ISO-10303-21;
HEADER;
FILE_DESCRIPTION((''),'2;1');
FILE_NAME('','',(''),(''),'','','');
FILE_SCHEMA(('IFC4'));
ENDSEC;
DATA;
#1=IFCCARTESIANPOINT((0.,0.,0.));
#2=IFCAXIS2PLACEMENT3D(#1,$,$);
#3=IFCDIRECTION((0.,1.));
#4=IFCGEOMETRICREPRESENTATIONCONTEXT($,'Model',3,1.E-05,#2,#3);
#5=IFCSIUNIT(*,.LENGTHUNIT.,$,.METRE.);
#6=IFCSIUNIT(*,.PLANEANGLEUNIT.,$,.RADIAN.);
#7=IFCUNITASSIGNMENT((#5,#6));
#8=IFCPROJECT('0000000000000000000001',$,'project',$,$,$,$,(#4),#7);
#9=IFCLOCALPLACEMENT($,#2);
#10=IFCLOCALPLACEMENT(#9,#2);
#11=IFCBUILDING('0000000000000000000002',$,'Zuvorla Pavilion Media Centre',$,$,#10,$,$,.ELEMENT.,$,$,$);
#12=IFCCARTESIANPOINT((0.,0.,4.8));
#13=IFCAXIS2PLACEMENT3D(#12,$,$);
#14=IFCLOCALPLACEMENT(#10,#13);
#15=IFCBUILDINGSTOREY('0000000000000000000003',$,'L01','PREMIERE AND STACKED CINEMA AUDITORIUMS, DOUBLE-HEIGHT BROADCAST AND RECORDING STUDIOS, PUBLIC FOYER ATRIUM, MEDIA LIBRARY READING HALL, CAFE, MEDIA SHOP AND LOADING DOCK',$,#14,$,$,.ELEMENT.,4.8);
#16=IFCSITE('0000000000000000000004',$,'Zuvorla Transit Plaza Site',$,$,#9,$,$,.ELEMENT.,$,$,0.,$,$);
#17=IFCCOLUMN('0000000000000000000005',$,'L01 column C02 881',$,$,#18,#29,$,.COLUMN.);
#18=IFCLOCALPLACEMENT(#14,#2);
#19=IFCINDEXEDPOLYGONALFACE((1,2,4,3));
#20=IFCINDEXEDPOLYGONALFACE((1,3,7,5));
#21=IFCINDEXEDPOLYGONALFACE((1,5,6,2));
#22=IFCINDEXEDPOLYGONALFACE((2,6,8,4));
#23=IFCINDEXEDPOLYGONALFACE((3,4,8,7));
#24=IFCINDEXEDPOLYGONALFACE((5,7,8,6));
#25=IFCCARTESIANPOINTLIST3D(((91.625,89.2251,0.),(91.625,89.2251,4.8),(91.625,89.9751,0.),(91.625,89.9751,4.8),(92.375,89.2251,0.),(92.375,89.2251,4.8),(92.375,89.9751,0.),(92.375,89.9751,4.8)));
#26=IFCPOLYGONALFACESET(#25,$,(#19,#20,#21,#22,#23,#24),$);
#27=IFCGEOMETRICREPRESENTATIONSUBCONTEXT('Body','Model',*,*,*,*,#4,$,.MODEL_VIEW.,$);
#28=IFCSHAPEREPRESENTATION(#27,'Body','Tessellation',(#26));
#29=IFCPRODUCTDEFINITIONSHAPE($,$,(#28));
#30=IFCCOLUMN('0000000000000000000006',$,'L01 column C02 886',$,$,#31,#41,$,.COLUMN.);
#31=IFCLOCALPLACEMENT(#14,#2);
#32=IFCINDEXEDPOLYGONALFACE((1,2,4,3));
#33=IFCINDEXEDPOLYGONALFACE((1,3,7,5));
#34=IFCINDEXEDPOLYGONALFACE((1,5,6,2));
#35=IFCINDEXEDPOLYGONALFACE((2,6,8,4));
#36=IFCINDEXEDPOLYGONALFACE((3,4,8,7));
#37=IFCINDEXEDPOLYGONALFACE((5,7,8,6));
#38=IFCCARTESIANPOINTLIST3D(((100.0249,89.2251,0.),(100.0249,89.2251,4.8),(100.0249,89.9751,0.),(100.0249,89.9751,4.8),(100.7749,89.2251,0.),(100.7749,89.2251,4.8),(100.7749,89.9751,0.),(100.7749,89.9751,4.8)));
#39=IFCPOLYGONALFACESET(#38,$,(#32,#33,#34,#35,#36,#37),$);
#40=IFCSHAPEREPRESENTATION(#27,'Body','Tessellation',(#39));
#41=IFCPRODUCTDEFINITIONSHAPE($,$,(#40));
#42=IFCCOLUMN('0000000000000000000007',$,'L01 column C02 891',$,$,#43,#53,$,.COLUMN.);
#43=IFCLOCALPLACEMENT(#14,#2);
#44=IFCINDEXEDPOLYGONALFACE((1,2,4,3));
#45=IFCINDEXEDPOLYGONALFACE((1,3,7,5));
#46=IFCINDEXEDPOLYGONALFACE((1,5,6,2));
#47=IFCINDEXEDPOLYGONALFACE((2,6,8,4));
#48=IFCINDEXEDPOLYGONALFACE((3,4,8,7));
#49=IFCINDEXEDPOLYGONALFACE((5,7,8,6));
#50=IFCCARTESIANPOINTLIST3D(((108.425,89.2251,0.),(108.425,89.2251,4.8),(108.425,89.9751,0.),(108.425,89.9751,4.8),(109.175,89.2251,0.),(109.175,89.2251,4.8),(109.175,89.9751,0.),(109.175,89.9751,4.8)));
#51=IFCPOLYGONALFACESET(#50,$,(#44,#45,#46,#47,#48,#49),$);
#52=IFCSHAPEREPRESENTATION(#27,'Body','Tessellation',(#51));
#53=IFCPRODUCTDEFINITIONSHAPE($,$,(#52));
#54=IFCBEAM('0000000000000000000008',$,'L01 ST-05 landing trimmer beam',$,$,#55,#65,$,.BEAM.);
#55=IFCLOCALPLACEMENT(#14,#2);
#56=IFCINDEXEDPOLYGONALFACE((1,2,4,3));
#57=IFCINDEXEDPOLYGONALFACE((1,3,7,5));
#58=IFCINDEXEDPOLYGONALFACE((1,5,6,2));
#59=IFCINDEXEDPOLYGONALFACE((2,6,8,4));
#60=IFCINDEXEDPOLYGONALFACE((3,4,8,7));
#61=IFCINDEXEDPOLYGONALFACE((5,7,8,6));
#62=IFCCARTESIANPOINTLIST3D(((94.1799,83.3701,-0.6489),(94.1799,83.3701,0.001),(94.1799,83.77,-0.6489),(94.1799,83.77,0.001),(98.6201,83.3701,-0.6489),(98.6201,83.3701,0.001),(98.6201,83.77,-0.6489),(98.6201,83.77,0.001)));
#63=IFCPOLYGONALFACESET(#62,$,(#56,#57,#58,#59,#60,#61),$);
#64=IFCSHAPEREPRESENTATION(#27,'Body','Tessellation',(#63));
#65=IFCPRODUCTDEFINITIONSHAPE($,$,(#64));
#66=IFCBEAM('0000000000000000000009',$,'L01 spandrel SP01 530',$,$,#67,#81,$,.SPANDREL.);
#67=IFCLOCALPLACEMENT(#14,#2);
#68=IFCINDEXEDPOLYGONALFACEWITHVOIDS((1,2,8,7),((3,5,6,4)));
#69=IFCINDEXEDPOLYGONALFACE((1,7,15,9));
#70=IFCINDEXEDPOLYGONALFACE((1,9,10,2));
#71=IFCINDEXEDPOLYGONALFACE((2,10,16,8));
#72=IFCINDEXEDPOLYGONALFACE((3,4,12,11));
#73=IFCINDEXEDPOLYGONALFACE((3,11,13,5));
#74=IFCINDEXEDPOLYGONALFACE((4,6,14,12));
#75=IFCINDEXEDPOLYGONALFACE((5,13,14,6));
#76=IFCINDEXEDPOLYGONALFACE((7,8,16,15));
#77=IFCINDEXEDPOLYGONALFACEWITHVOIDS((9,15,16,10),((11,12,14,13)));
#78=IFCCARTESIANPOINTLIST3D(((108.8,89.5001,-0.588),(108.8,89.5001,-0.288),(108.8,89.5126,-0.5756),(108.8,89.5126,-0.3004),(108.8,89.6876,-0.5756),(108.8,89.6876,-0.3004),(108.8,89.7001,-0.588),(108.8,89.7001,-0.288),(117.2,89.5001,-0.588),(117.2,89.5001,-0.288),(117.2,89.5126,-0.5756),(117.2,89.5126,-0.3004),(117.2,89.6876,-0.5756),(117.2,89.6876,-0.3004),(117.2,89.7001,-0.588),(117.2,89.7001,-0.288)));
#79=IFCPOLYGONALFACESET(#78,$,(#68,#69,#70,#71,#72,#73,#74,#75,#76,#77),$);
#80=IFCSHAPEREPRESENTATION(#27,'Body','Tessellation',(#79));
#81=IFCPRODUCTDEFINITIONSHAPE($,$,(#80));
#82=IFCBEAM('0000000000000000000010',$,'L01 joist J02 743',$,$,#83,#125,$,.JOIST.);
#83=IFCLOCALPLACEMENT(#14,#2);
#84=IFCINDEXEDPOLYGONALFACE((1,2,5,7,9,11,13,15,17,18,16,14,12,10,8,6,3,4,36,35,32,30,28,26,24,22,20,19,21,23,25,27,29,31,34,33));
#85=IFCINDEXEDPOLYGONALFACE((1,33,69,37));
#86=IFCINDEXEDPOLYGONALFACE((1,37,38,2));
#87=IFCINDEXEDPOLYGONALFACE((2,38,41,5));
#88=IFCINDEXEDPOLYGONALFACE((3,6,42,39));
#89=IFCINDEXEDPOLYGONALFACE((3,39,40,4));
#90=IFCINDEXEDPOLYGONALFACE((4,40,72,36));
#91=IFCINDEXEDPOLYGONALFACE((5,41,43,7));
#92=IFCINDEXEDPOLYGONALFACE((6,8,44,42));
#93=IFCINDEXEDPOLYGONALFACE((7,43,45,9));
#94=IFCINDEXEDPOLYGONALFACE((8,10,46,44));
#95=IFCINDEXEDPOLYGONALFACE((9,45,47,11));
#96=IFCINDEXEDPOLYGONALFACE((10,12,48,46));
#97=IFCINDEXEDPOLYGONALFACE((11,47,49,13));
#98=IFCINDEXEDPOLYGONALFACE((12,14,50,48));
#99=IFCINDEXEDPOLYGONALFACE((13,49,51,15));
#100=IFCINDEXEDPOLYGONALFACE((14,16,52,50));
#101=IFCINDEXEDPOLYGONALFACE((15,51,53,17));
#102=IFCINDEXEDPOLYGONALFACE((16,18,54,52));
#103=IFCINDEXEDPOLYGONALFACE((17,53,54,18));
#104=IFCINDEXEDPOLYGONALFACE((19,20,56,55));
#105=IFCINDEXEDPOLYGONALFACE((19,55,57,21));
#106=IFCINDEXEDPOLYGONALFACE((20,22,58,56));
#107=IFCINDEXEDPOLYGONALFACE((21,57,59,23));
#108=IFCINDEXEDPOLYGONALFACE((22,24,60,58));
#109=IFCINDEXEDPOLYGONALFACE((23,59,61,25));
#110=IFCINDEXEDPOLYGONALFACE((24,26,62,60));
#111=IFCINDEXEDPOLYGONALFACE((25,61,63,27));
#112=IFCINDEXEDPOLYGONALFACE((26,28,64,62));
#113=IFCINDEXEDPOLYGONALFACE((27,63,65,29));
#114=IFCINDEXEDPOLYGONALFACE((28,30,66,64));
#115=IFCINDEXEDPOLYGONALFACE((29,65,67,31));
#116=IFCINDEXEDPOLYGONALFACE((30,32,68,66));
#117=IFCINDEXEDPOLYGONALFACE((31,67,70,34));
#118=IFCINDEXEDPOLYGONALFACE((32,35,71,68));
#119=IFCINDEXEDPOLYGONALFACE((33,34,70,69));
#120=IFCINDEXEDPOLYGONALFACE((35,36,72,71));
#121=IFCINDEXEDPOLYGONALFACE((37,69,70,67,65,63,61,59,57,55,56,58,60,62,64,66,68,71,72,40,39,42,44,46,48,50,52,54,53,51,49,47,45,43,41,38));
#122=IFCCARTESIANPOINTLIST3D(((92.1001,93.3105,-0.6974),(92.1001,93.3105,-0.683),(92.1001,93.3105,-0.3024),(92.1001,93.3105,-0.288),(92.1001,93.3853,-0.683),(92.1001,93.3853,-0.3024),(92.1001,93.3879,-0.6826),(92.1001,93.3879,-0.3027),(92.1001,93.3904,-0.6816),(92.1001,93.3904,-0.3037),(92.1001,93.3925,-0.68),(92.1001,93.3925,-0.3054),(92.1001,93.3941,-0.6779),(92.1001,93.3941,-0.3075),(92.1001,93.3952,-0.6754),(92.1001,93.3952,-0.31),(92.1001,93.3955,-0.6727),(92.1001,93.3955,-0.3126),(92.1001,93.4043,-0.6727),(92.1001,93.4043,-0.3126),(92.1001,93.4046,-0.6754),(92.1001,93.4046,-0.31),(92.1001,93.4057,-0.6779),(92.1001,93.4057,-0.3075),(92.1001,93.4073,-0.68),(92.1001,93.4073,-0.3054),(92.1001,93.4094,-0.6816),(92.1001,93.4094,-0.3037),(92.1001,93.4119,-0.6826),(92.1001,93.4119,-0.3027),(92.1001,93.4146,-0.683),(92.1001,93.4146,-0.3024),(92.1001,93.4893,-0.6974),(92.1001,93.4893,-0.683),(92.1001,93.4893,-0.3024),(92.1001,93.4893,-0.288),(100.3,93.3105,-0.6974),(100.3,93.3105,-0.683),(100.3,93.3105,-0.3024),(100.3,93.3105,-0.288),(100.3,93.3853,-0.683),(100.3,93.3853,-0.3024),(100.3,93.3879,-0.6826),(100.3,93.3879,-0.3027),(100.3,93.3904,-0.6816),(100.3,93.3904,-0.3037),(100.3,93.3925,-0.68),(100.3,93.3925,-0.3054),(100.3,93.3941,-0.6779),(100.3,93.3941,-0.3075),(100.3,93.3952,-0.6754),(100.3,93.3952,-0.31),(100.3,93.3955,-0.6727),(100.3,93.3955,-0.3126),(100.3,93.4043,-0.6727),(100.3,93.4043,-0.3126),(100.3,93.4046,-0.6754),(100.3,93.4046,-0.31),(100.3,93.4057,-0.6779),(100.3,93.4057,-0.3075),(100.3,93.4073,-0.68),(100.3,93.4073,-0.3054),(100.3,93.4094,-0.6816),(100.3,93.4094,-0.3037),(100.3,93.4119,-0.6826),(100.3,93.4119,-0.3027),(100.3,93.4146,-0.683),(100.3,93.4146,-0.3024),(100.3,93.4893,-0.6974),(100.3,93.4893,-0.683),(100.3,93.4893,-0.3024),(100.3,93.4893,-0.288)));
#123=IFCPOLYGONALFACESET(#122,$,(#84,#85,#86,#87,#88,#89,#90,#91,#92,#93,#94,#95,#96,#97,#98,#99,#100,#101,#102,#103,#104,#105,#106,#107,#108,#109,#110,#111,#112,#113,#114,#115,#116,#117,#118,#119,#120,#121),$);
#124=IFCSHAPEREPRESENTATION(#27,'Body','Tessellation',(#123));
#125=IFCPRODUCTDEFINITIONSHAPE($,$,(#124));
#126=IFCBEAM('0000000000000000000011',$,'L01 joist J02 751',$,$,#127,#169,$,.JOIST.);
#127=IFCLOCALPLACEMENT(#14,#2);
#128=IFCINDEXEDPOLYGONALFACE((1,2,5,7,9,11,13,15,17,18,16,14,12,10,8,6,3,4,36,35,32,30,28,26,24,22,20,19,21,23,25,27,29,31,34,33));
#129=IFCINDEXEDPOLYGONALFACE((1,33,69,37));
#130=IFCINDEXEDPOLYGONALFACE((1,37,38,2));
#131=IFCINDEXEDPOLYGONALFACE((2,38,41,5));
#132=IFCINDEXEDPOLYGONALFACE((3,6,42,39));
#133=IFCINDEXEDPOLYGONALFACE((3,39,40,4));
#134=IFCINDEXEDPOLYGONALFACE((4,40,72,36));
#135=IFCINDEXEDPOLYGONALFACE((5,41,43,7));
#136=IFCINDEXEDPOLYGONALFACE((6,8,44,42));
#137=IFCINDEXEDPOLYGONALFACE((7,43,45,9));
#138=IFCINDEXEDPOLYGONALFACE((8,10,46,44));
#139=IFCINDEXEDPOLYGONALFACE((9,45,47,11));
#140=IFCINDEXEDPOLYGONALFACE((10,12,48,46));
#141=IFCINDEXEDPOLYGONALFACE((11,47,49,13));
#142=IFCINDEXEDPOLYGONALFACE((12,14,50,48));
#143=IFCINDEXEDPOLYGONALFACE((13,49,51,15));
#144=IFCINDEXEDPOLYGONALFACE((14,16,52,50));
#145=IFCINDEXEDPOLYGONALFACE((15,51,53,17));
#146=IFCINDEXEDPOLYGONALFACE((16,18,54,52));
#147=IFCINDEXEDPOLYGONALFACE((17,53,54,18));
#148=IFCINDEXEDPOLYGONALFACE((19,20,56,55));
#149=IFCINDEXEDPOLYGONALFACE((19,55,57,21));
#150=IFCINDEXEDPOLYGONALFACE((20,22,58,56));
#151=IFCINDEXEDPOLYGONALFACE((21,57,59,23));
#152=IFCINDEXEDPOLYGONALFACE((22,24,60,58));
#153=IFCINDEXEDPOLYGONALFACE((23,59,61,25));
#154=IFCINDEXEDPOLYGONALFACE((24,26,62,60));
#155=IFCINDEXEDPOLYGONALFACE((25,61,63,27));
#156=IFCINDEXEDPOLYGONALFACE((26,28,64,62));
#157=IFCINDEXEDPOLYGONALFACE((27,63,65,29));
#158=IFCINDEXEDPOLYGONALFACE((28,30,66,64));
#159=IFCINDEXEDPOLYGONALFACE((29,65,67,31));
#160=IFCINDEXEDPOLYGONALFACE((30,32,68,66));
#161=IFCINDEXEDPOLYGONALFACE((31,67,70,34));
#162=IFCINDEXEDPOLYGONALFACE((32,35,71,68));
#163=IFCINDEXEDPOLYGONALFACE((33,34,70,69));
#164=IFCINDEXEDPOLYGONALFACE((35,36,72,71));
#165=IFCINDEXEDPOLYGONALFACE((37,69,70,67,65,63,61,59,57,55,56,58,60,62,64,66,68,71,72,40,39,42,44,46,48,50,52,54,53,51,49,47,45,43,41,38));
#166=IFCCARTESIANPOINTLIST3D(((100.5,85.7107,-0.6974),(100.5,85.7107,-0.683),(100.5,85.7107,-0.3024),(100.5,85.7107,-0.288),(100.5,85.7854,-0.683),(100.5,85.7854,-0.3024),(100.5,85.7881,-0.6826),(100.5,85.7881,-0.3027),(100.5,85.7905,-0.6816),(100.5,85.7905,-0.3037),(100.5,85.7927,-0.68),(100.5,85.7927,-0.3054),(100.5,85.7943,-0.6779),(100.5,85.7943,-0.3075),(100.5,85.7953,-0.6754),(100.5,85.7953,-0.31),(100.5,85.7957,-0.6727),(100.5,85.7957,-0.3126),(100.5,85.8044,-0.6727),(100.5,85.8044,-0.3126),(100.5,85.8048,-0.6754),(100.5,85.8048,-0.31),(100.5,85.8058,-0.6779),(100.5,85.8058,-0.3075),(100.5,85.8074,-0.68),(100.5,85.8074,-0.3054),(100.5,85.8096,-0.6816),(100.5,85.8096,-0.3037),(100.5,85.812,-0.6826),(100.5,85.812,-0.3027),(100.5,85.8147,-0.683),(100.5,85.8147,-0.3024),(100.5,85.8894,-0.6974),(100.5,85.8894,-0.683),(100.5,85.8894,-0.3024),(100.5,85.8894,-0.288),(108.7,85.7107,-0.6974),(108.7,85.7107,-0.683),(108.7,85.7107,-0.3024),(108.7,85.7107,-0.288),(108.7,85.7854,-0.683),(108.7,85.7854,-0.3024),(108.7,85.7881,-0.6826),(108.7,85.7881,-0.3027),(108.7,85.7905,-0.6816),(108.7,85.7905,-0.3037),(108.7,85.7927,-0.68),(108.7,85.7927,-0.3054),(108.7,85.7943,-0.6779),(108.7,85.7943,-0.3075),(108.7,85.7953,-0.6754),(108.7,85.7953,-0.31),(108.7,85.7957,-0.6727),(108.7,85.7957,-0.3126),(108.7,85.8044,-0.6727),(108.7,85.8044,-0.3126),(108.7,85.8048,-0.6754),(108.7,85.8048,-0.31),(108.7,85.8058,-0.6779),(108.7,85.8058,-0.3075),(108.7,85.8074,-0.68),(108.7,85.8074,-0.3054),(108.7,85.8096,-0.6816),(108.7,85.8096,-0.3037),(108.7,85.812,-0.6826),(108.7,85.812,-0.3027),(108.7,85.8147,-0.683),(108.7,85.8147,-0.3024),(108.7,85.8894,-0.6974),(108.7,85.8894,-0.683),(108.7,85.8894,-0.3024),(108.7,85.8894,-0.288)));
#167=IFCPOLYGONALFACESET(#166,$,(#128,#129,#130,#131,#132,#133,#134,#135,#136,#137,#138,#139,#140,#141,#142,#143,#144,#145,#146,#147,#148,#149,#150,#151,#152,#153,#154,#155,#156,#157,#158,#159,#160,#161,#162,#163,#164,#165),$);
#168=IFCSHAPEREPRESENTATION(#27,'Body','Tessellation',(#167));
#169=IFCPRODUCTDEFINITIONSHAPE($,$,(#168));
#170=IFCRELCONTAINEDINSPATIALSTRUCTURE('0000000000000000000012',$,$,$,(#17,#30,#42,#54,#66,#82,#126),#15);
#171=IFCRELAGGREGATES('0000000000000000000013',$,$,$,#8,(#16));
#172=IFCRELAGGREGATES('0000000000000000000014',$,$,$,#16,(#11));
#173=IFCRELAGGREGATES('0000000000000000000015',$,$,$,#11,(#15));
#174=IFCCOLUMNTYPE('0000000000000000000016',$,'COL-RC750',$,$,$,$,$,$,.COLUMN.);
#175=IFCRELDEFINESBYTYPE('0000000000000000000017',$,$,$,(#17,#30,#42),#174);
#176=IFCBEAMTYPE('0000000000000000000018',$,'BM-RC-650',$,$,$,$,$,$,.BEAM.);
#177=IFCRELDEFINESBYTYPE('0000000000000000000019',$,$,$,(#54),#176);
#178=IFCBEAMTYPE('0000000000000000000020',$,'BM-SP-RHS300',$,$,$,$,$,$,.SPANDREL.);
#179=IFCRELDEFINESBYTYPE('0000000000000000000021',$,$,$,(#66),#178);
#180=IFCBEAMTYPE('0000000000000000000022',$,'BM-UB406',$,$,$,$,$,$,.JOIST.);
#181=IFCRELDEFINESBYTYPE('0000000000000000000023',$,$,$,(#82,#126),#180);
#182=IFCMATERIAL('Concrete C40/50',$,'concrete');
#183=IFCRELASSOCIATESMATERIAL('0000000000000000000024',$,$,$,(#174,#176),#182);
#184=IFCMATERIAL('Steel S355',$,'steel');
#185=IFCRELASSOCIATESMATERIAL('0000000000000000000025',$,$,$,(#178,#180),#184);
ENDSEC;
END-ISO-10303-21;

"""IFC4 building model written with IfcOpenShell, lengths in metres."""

from ifc_helpers import new_model, si_unit, direction, frame, origin, origin_2d, place, context, subcontext, project, spatial, rectangle, hollow_rectangle, i_section, extrude, material, material_profile, profile_set, type_object, element, save


model = new_model("IFC4")

# Units and contexts
model_context = context("Model", 3, precision=1e-05, world=origin(), true_north=direction((0.0, 1.0)))
body_context = subcontext(model_context, "Body", "Model", "MODEL_VIEW")
ifc_project = project(units=[si_unit("LENGTHUNIT", "METRE"), si_unit("PLANEANGLEUNIT", "RADIAN")], contexts=[model_context])

# Site, building, storey
site_placement = place(None, origin())
site = spatial("IfcSite", under=ifc_project, at=site_placement, Name="Zuvorla Transit Plaza Site", CompositionType="ELEMENT", RefElevation=0.0)
building_placement = place(site_placement, origin())
building = spatial("IfcBuilding", under=site, at=building_placement, Name="Zuvorla Pavilion Media Centre", CompositionType="ELEMENT")
storey_placement = place(building_placement, frame((0.0, 0.0, 4.8)))
storey = spatial("IfcBuildingStorey", under=building, at=storey_placement, Name="L01", Description="PREMIERE AND STACKED CINEMA AUDITORIUMS, DOUBLE-HEIGHT BROADCAST AND RECORDING STUDIOS, PUBLIC FOYER ATRIUM, MEDIA LIBRARY READING HALL, CAFE, MEDIA SHOP AND LOADING DOCK", CompositionType="ELEMENT", Elevation=4.8)

# Columns
ifc_material_1 = material(Name="Concrete C40/50", Category="concrete")
ifc_material_profile_1 = material_profile(ifc_material_1, rectangle(XDim=0.75, YDim=0.75, at=origin_2d()), Name="RC 750x750")
ifc_profile_set_1 = profile_set([ifc_material_profile_1], Name="Concrete C40/50")
column_type = type_object("IfcColumnType", Name="COL-RC750", PredefinedType="COLUMN", material=ifc_profile_set_1)
for number, where, z_axis, x_axis, name in (
    (1, (92.0, 89.6001, 0.0), (0.0, 0.0, 1.0), (1.0, 0.0, 0.0), "L01 column C02 881"),
    (2, (100.3999, 89.6001, 0.0), (0.0, 0.0, 1.0), (1.0, 0.0, 0.0), "L01 column C02 886"),
    (3, (108.8, 89.6001, 0.0), (0.0, 0.0, 1.0), (1.0, 0.0, 0.0), "L01 column C02 891"),
):
    element("IfcColumn", number, at=place(storey_placement, frame(where, z_axis=z_axis, x_axis=x_axis)), inside=storey, type_object=column_type, Name=name, PredefinedType="COLUMN", context=body_context, shape_type="SweptSolid", body=[
        extrude(rectangle(XDim=0.75, YDim=0.75, at=origin_2d()), origin(), (0.0, 0.0, 1.0), 4.8),
    ])

# Beams
ifc_material_profile_2 = material_profile(ifc_material_1, rectangle(XDim=0.3999, YDim=0.6499, at=origin_2d()), Name="RC 400x650")
ifc_profile_set_2 = profile_set([ifc_material_profile_2], Name="Concrete C40/50")
beam_type_1 = type_object("IfcBeamType", Name="BM-RC-650", PredefinedType="BEAM", material=ifc_profile_set_2)
beam_1_placement = place(storey_placement, frame((94.1799, 83.5701, -0.324), z_axis=(1.0, 0.0, 0.0), x_axis=(0.0, 1.0, 0.0)))
element("IfcBeam", 4, at=beam_1_placement, inside=storey, type_object=beam_type_1, Name="L01 ST-05 landing trimmer beam", PredefinedType="BEAM", context=body_context, shape_type="SweptSolid", body=[
    extrude(rectangle(XDim=0.3999, YDim=0.6499, at=origin_2d()), origin(), (0.0, 0.0, 1.0), 4.4402),
])
ifc_material_2 = material(Name="Steel S355", Category="steel")
ifc_material_profile_3 = material_profile(ifc_material_2, hollow_rectangle(XDim=0.2, YDim=0.3, WallThickness=0.0125, at=origin_2d()), Name="RHS 300x200x12.5")
ifc_profile_set_3 = profile_set([ifc_material_profile_3], Name="Steel S355")
beam_type_2 = type_object("IfcBeamType", Name="BM-SP-RHS300", PredefinedType="SPANDREL", material=ifc_profile_set_3)
beam_2_placement = place(storey_placement, frame((108.8, 89.6001, -0.438), z_axis=(1.0, 0.0, 0.0), x_axis=(0.0, 1.0, 0.0)))
element("IfcBeam", 5, at=beam_2_placement, inside=storey, type_object=beam_type_2, Name="L01 spandrel SP01 530", PredefinedType="SPANDREL", context=body_context, shape_type="SweptSolid", body=[
    extrude(hollow_rectangle(XDim=0.2, YDim=0.3, WallThickness=0.0125, at=origin_2d()), origin(), (0.0, 0.0, 1.0), 8.3999),
])
ifc_material_profile_4 = material_profile(ifc_material_2, i_section(OverallWidth=0.1787, OverallDepth=0.4094, WebThickness=0.0088, FlangeThickness=0.0144, FilletRadius=0.0103, at=origin_2d()), Name="UB 406x178x67")
ifc_profile_set_4 = profile_set([ifc_material_profile_4], Name="Steel S355")
beam_type_3 = type_object("IfcBeamType", Name="BM-UB406", PredefinedType="JOIST", material=ifc_profile_set_4)
for number, where, z_axis, x_axis, name in (
    (6, (92.1001, 93.3999, -0.4927), (1.0, 0.0, 0.0), (0.0, 1.0, 0.0), "L01 joist J02 743"),
    (7, (100.5, 85.8, -0.4927), (1.0, 0.0, 0.0), (0.0, 1.0, 0.0), "L01 joist J02 751"),
):
    element("IfcBeam", number, at=place(storey_placement, frame(where, z_axis=z_axis, x_axis=x_axis)), inside=storey, type_object=beam_type_3, Name=name, PredefinedType="JOIST", context=body_context, shape_type="SweptSolid", body=[
        extrude(i_section(OverallWidth=0.1787, OverallDepth=0.4094, WebThickness=0.0088, FlangeThickness=0.0144, FilletRadius=0.0103, at=origin_2d()), origin(), (0.0, 0.0, 1.0), 8.2),
    ])

save(model, "model.ifc")
